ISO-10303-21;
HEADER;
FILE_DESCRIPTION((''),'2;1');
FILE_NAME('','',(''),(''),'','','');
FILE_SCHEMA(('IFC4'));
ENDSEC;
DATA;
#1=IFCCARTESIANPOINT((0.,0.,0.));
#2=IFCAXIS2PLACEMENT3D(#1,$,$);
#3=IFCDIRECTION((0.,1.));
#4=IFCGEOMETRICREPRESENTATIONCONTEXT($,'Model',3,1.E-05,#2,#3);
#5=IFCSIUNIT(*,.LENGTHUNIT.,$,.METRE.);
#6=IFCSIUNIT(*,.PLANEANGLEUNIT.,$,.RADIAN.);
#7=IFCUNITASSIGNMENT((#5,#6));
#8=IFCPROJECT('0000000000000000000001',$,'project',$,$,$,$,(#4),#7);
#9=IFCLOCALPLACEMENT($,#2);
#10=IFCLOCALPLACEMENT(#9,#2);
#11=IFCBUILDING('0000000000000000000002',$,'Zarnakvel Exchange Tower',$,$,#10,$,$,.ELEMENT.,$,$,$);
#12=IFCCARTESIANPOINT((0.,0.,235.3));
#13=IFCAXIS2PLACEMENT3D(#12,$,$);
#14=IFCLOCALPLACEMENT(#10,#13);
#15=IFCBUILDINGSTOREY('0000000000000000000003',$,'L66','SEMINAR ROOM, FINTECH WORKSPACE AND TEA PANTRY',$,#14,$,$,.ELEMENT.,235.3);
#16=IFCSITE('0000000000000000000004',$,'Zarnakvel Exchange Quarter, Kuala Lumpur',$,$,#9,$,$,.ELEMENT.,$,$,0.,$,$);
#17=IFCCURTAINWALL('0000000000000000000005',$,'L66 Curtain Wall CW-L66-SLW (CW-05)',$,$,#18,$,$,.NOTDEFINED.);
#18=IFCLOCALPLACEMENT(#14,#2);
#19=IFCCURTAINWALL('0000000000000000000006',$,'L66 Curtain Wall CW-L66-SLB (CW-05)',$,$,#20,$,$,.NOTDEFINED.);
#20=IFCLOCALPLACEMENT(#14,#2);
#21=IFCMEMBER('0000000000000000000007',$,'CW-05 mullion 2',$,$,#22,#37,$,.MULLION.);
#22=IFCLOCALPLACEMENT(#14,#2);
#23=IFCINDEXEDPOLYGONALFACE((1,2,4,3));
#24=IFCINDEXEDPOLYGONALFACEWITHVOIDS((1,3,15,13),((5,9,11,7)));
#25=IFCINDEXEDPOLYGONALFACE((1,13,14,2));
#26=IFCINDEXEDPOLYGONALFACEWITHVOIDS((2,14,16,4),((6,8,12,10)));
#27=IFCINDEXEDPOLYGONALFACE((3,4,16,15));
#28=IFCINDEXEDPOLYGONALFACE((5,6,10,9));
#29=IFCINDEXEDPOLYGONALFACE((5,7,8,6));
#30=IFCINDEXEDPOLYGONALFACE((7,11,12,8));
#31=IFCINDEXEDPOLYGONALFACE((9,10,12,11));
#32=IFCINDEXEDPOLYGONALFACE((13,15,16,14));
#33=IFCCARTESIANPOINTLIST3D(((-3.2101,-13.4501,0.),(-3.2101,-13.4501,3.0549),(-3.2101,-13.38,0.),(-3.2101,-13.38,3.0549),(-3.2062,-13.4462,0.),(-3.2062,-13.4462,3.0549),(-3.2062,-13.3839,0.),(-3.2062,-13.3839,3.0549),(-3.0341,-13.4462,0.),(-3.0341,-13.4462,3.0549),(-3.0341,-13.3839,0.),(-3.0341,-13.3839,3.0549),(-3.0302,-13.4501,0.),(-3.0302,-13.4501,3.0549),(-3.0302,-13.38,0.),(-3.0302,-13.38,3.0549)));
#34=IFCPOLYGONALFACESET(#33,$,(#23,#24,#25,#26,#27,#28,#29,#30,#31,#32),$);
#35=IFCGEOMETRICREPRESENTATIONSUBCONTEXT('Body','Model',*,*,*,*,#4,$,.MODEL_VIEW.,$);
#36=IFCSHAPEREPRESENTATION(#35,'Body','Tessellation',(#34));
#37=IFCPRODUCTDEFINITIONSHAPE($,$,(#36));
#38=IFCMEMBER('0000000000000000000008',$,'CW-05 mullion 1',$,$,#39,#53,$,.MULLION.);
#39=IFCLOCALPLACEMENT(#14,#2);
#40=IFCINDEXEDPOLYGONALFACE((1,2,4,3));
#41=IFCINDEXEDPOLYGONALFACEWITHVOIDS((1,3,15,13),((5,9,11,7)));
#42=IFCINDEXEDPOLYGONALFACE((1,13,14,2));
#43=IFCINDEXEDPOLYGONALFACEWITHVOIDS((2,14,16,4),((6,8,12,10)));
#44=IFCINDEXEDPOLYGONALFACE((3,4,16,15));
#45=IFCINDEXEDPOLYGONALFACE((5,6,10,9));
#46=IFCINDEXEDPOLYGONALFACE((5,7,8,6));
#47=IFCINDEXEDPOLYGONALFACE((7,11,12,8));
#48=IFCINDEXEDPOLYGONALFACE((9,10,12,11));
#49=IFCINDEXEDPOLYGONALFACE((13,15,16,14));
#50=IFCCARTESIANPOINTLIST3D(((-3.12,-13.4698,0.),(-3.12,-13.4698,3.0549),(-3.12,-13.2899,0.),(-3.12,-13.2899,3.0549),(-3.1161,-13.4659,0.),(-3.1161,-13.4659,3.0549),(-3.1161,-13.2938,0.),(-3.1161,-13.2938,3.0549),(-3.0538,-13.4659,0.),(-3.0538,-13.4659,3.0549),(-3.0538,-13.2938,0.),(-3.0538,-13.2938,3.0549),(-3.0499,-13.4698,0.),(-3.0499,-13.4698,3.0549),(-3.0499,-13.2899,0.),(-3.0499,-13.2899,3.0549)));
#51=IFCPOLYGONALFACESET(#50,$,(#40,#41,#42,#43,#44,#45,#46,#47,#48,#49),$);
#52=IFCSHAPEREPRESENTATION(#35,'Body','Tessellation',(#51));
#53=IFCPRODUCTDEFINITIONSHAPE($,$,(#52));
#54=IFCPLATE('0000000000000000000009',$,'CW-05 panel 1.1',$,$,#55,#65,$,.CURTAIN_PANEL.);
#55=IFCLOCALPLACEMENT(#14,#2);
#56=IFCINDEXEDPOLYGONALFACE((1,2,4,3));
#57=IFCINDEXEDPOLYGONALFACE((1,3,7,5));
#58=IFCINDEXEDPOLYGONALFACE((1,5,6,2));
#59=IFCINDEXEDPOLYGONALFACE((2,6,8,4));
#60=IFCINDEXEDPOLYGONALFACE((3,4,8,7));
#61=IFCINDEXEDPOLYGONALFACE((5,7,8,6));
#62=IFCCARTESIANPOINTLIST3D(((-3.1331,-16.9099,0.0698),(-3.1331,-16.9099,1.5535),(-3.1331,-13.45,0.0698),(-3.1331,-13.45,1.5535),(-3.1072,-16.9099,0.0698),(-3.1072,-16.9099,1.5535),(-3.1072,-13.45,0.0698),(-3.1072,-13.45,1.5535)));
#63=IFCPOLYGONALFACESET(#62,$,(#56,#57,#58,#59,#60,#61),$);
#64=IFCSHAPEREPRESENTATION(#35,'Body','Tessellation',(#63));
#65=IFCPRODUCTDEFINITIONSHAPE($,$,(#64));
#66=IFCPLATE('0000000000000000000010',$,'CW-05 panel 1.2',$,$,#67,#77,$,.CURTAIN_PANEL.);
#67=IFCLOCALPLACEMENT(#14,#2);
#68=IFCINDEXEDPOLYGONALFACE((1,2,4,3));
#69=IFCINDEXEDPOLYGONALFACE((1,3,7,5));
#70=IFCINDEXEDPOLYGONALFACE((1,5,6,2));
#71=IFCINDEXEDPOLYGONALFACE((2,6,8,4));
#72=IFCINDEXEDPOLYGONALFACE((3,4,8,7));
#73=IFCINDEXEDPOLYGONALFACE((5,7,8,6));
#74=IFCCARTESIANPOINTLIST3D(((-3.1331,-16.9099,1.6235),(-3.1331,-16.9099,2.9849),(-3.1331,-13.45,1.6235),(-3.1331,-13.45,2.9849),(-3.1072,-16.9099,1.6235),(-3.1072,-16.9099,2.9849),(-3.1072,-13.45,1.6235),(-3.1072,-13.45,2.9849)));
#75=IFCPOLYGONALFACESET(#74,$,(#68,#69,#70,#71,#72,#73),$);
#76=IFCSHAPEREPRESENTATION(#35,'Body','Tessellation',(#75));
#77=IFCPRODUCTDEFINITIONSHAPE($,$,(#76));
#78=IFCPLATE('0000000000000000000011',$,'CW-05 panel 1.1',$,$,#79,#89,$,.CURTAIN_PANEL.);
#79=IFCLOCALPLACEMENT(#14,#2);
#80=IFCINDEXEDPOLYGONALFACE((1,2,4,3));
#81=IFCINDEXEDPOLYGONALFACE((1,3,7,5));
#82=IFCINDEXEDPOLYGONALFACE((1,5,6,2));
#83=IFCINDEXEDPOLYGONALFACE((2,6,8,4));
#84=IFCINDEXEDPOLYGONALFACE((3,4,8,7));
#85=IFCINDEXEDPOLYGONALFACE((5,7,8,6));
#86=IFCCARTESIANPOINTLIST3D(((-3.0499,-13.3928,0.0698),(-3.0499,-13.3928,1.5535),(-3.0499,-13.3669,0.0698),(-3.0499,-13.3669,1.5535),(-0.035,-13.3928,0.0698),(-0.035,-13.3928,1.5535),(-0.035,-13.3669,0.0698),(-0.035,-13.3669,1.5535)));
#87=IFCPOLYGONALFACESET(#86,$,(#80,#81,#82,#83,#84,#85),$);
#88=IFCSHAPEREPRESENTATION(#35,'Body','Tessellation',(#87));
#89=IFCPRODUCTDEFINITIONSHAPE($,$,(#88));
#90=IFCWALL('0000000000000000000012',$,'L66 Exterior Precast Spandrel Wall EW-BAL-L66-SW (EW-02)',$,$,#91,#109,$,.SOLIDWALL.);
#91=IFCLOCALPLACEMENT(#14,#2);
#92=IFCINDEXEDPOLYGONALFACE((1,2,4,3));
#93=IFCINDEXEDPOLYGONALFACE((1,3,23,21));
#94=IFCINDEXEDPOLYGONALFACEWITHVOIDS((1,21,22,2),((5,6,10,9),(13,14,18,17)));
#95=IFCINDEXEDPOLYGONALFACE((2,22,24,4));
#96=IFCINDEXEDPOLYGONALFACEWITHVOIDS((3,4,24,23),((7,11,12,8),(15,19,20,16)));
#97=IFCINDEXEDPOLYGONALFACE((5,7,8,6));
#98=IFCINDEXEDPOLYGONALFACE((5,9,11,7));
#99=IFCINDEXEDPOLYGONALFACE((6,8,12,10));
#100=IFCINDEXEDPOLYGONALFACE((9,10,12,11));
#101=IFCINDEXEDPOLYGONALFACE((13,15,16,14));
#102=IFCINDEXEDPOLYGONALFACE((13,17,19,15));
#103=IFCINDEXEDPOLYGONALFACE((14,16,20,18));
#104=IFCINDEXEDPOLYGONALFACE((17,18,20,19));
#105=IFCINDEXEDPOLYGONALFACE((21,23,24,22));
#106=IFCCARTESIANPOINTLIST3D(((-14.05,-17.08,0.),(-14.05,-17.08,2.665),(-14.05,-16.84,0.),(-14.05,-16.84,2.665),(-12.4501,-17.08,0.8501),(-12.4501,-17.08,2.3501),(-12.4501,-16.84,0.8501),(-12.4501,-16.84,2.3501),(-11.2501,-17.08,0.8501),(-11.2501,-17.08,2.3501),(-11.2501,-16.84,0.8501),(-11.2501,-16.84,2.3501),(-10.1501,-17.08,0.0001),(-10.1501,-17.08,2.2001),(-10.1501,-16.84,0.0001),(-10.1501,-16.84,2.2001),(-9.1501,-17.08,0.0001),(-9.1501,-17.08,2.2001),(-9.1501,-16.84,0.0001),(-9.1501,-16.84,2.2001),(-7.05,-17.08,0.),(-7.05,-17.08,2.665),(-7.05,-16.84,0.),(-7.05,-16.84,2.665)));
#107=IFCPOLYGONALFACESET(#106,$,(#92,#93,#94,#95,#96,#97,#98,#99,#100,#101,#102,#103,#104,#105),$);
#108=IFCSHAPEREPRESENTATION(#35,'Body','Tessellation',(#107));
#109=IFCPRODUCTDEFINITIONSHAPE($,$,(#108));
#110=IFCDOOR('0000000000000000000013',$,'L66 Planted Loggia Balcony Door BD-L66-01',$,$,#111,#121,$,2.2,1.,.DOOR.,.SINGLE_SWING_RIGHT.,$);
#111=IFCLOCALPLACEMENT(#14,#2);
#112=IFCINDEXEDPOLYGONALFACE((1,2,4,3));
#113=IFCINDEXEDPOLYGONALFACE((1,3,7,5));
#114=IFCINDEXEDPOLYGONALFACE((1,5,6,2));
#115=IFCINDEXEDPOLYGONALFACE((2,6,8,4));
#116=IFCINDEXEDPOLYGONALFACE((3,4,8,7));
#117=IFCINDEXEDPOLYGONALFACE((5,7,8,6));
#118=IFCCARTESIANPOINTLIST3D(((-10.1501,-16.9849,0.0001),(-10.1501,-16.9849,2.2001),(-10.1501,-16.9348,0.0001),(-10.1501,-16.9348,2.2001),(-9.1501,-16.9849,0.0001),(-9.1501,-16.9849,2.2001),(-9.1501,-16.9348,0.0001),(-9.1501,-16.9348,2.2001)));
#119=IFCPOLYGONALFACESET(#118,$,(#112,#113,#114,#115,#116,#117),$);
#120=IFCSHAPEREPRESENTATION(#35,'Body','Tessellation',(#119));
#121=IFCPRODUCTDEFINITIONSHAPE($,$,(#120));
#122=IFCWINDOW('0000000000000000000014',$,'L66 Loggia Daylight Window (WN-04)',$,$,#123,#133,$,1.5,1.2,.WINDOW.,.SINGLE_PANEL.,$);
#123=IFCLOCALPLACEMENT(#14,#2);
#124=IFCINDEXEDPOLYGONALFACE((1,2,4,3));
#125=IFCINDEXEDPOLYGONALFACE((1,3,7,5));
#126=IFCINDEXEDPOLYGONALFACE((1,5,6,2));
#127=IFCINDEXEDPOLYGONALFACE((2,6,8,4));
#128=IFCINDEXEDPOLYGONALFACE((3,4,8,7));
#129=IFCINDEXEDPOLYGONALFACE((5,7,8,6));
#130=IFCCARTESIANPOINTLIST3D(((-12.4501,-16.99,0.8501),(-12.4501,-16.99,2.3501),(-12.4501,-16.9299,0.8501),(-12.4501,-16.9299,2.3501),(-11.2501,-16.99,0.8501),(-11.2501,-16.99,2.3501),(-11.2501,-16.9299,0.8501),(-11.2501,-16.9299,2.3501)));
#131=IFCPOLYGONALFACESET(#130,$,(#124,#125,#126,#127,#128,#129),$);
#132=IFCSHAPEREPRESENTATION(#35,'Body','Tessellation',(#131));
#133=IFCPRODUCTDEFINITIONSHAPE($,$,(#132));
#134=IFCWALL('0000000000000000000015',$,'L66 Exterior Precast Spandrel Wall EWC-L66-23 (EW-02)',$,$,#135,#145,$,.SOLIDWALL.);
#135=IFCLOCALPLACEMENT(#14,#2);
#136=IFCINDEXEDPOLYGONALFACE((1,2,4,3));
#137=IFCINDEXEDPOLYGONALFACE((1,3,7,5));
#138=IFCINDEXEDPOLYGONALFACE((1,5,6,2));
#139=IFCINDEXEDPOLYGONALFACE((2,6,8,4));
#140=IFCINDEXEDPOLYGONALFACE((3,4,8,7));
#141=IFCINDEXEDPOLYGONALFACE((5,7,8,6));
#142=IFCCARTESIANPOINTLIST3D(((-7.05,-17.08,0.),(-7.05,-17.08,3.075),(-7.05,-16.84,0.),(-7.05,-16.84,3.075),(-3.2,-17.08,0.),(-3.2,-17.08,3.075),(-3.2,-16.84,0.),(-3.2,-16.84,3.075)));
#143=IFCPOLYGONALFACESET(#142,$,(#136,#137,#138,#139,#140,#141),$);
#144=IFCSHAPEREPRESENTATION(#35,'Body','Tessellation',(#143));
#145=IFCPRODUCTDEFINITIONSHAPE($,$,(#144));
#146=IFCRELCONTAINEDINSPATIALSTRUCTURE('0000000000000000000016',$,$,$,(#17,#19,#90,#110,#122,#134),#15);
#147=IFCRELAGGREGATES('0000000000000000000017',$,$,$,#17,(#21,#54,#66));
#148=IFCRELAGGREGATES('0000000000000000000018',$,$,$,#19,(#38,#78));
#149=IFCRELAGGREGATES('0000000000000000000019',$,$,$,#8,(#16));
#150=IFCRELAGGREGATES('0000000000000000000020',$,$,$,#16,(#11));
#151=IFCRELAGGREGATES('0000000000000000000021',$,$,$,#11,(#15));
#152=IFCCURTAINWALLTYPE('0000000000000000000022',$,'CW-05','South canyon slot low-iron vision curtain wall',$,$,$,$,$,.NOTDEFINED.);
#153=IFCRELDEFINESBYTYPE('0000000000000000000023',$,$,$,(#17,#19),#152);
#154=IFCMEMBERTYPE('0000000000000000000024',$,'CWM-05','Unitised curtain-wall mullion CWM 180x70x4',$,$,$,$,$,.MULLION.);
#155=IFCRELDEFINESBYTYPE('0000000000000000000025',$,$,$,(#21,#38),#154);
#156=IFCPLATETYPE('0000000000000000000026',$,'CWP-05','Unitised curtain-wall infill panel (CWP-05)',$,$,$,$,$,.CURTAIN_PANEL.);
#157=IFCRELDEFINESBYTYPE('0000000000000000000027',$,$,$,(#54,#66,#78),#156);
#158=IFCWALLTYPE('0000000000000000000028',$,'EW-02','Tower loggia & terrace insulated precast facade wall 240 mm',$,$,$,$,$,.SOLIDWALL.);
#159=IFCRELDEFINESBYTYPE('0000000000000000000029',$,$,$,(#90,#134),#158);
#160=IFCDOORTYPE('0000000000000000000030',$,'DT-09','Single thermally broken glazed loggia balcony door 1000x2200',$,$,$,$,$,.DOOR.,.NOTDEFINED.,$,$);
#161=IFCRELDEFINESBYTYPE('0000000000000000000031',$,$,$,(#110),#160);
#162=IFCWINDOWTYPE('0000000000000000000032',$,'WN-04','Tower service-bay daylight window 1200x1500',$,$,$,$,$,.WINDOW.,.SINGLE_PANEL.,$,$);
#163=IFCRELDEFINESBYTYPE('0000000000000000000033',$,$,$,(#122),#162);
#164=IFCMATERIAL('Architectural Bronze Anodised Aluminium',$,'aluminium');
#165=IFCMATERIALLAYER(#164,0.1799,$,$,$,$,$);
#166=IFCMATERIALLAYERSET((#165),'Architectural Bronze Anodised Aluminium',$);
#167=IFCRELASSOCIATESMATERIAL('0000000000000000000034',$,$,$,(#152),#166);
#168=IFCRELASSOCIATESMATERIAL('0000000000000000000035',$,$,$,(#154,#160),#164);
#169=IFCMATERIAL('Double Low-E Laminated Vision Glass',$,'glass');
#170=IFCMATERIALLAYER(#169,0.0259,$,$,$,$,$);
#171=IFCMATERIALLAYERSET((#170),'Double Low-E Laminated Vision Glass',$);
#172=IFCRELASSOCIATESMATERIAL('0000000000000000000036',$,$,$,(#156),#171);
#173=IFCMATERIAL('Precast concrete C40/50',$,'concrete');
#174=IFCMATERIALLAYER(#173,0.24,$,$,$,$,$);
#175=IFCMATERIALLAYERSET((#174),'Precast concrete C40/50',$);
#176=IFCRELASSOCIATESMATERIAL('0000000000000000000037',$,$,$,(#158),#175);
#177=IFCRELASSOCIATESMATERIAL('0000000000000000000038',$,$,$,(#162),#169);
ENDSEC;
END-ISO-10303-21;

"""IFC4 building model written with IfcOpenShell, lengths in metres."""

from ifc_helpers import new_model, si_unit, direction, frame, frame_2d, origin, origin_2d, place, context, subcontext, project, spatial, rectangle, hollow_rectangle, extrude, source, transform, mapped, material, layer, layer_set, material_profile, profile_set, type_object, element, fill, aggregate, save


model = new_model("IFC4")

# Units and contexts
model_context = context("Model", 3, precision=1e-05, world=origin(), true_north=direction((0.0, 1.0)))
body_context = subcontext(model_context, "Body", "Model", "MODEL_VIEW")
ifc_project = project(units=[si_unit("LENGTHUNIT", "METRE"), si_unit("PLANEANGLEUNIT", "RADIAN")], contexts=[model_context])

# Site, building, storey
site_placement = place(None, origin())
site = spatial("IfcSite", under=ifc_project, at=site_placement, Name="Zarnakvel Exchange Quarter, Kuala Lumpur", CompositionType="ELEMENT", RefElevation=0.0)
building_placement = place(site_placement, origin())
building = spatial("IfcBuilding", under=site, at=building_placement, Name="Zarnakvel Exchange Tower", CompositionType="ELEMENT")
storey_placement = place(building_placement, frame((0.0, 0.0, 235.3)))
storey = spatial("IfcBuildingStorey", under=building, at=storey_placement, Name="L66", Description="SEMINAR ROOM, FINTECH WORKSPACE AND TEA PANTRY", CompositionType="ELEMENT", Elevation=235.3)

# Curtain walls
ifc_material_1 = material(Name="Architectural Bronze Anodised Aluminium", Category="aluminium")
ifc_layer_1 = layer(ifc_material_1, 0.1799)
ifc_layer_set_1 = layer_set([ifc_layer_1], Name="Architectural Bronze Anodised Aluminium")
curtain_wall_type = type_object("IfcCurtainWallType", Name="CW-05", Description="South canyon slot low-iron vision curtain wall", PredefinedType="NOTDEFINED", material=ifc_layer_set_1)
curtain_wall_1_placement = place(storey_placement, origin())
curtain_wall_1 = element("IfcCurtainWall", 1, at=curtain_wall_1_placement, inside=storey, type_object=curtain_wall_type, Name="L66 Curtain Wall CW-L66-SLW (CW-05)", PredefinedType="NOTDEFINED")
curtain_wall_2_placement = place(storey_placement, origin())
curtain_wall_2 = element("IfcCurtainWall", 2, at=curtain_wall_2_placement, inside=storey, type_object=curtain_wall_type, Name="L66 Curtain Wall CW-L66-SLB (CW-05)", PredefinedType="NOTDEFINED")

# Members
ifc_material_profile_1 = material_profile(ifc_material_1, hollow_rectangle(XDim=0.1799, YDim=0.0701, WallThickness=0.0039, at=origin_2d()))
ifc_profile_set_1 = profile_set([ifc_material_profile_1], Name="Architectural Bronze Anodised Aluminium")
member_type_1 = type_object("IfcMemberType", Name="CWM-05", Description="Unitised curtain-wall mullion CWM 180x70x4", PredefinedType="MULLION", material=ifc_profile_set_1)
shared_shape_1 = source(origin(), body_context, "Body", "SweptSolid", [
    extrude(hollow_rectangle(XDim=0.1799, YDim=0.0701, WallThickness=0.0039, at=origin_2d()), origin(), (0.0, 0.0, 1.0), 3.0549),
])
member_1_placement = place(storey_placement, frame((-3.1201, -13.415, 0.0), z_axis=(0.0, 0.0, 1.0), x_axis=(-1.0, 0.0, 0.0)))
member_1 = element("IfcMember", 3, at=member_1_placement, type_object=member_type_1, Name="CW-05 mullion 2", PredefinedType="MULLION", context=body_context, shape_type="MappedRepresentation", body=[
    mapped(shared_shape_1, transform((0.0, 0.0, 0.0), x_axis=(1.0, 0.0, 0.0), y_axis=(0.0, 1.0, 0.0), z_axis=(0.0, 0.0, 1.0), scale=1.0)),
])
member_2_placement = place(storey_placement, frame((-3.085, -13.3799, 0.0), z_axis=(0.0, 0.0, 1.0), x_axis=(0.0, 1.0, 0.0)))
member_2 = element("IfcMember", 4, at=member_2_placement, type_object=member_type_1, Name="CW-05 mullion 1", PredefinedType="MULLION", context=body_context, shape_type="MappedRepresentation", body=[
    mapped(shared_shape_1, transform((0.0, 0.0, 0.0), x_axis=(1.0, 0.0, 0.0), y_axis=(0.0, 1.0, 0.0), z_axis=(0.0, 0.0, 1.0), scale=1.0)),
])

# Plates
ifc_material_2 = material(Name="Double Low-E Laminated Vision Glass", Category="glass")
ifc_layer_2 = layer(ifc_material_2, 0.0259)
ifc_layer_set_2 = layer_set([ifc_layer_2], Name="Double Low-E Laminated Vision Glass")
plate_type = type_object("IfcPlateType", Name="CWP-05", Description="Unitised curtain-wall infill panel (CWP-05)", PredefinedType="CURTAIN_PANEL", material=ifc_layer_set_2)
shared_shape_2 = source(origin(), body_context, "Body", "SweptSolid", [
    extrude(rectangle(XDim=3.46, YDim=0.0259, at=origin_2d()), origin(), (0.0, 0.0, 1.0), 1.4836),
])
plate_1_placement = place(storey_placement, frame((-3.1201, -15.1799, 0.0698), z_axis=(0.0, 0.0, 1.0), x_axis=(0.0, 1.0, 0.0)))
plate_1 = element("IfcPlate", 5, at=plate_1_placement, type_object=plate_type, Name="CW-05 panel 1.1", PredefinedType="CURTAIN_PANEL", context=body_context, shape_type="MappedRepresentation", body=[
    mapped(shared_shape_2, transform((0.0, 0.0, 0.0), x_axis=(1.0, 0.0, 0.0), y_axis=(0.0, 1.0, 0.0), z_axis=(0.0, 0.0, 1.0), scale=1.0)),
])
shared_shape_3 = source(origin(), body_context, "Body", "SweptSolid", [
    extrude(rectangle(XDim=3.46, YDim=0.0259, at=origin_2d()), origin(), (0.0, 0.0, 1.0), 1.3613),
])
plate_2_placement = place(storey_placement, frame((-3.1201, -15.1799, 1.6235), z_axis=(0.0, 0.0, 1.0), x_axis=(0.0, 1.0, 0.0)))
plate_2 = element("IfcPlate", 6, at=plate_2_placement, type_object=plate_type, Name="CW-05 panel 1.2", PredefinedType="CURTAIN_PANEL", context=body_context, shape_type="MappedRepresentation", body=[
    mapped(shared_shape_3, transform((0.0, 0.0, 0.0), x_axis=(1.0, 0.0, 0.0), y_axis=(0.0, 1.0, 0.0), z_axis=(0.0, 0.0, 1.0), scale=1.0)),
])
aggregate(curtain_wall_1, [member_1, plate_1, plate_2])
shared_shape_4 = source(origin(), body_context, "Body", "SweptSolid", [
    extrude(rectangle(XDim=3.0149, YDim=0.0259, at=origin_2d()), origin(), (0.0, 0.0, 1.0), 1.4836),
])
plate_3_placement = place(storey_placement, frame((-1.5425, -13.3799, 0.0698), z_axis=(0.0, 0.0, 1.0), x_axis=(1.0, 0.0, 0.0)))
plate_3 = element("IfcPlate", 7, at=plate_3_placement, type_object=plate_type, Name="CW-05 panel 1.1", PredefinedType="CURTAIN_PANEL", context=body_context, shape_type="MappedRepresentation", body=[
    mapped(shared_shape_4, transform((0.0, 0.0, 0.0), x_axis=(1.0, 0.0, 0.0), y_axis=(0.0, 1.0, 0.0), z_axis=(0.0, 0.0, 1.0), scale=1.0)),
])
aggregate(curtain_wall_2, [member_2, plate_3])

# Wall, openings, door, window
ifc_material_3 = material(Name="Precast concrete C40/50", Category="concrete")
ifc_layer_3 = layer(ifc_material_3, 0.24)
ifc_layer_set_3 = layer_set([ifc_layer_3], Name="Precast concrete C40/50")
wall_type_1 = type_object("IfcWallType", Name="EW-02", Description="Tower loggia & terrace insulated precast facade wall 240 mm", PredefinedType="SOLIDWALL", material=ifc_layer_set_3)
wall_1_placement = place(storey_placement, frame((-7.05, -16.96, 0.0), z_axis=(0.0, 0.0, 1.0), x_axis=(-1.0, 0.0, 0.0)))
wall_1 = element("IfcWall", 8, at=wall_1_placement, inside=storey, type_object=wall_type_1, Name="L66 Exterior Precast Spandrel Wall EW-BAL-L66-SW (EW-02)", PredefinedType="SOLIDWALL", context=body_context, shape_type="SweptSolid", body=[
    extrude(rectangle(XDim=7.0, YDim=0.24, at=frame_2d((3.5, 0.0))), origin(), (0.0, 0.0, 1.0), 2.665),
])
opening_1_placement = place(wall_1_placement, frame((2.1001, 0.0, 0.0)))
opening_1 = element("IfcOpeningElement", 9, at=opening_1_placement, cuts=wall_1, PredefinedType="OPENING", context=body_context, shape_type="SweptSolid", body=[
    extrude(rectangle(XDim=1.0, YDim=2.2, at=frame_2d((0.5, 1.1001))), frame((0.0, 0.1299, 0.0), z_axis=(0.0, -1.0, 0.0), x_axis=(1.0, 0.0, 0.0)), (0.0, 0.0, 1.0), 0.26),
])
opening_2_placement = place(wall_1_placement, frame((4.2, 0.0, 0.8501)))
opening_2 = element("IfcOpeningElement", 10, at=opening_2_placement, cuts=wall_1, PredefinedType="OPENING", context=body_context, shape_type="SweptSolid", body=[
    extrude(rectangle(XDim=1.2, YDim=1.5, at=frame_2d((0.6001, 0.75))), frame((0.0, 0.1299, 0.0), z_axis=(0.0, -1.0, 0.0), x_axis=(1.0, 0.0, 0.0)), (0.0, 0.0, 1.0), 0.26),
])
door_type_1 = type_object("IfcDoorType", Name="DT-09", Description="Single thermally broken glazed loggia balcony door 1000x2200", OperationType="NOTDEFINED", PredefinedType="DOOR", material=ifc_material_1)
shared_shape_5 = source(origin(), body_context, "Body", "SweptSolid", [
    extrude(rectangle(XDim=1.0, YDim=2.2, at=frame_2d((0.5, 1.1001))), frame((0.0, 0.0249, 0.0), z_axis=(0.0, -1.0, 0.0), x_axis=(1.0, 0.0, 0.0)), (0.0, 0.0, 1.0), 0.05),
])
door_1_placement = place(opening_1_placement, origin())
door_1 = element("IfcDoor", 11, at=door_1_placement, inside=storey, type_object=door_type_1, Name="L66 Planted Loggia Balcony Door BD-L66-01", OperationType="SINGLE_SWING_RIGHT", OverallHeight=2.2, OverallWidth=1.0, PredefinedType="DOOR", context=body_context, shape_type="MappedRepresentation", body=[
    mapped(shared_shape_5, transform((0.0, 0.0, 0.0), x_axis=(1.0, 0.0, 0.0), y_axis=(0.0, 1.0, 0.0), z_axis=(0.0, 0.0, 1.0), scale=1.0)),
])
fill(opening_1, door_1)
window_type = type_object("IfcWindowType", Name="WN-04", Description="Tower service-bay daylight window 1200x1500", PartitioningType="SINGLE_PANEL", PredefinedType="WINDOW", material=ifc_material_2)
shared_shape_6 = source(origin(), body_context, "Body", "SweptSolid", [
    extrude(rectangle(XDim=1.2, YDim=1.5, at=frame_2d((0.6001, 0.75))), frame((0.0, 0.03, 0.0), z_axis=(0.0, -1.0, 0.0), x_axis=(1.0, 0.0, 0.0)), (0.0, 0.0, 1.0), 0.0601),
])
window_placement = place(opening_2_placement, origin())
window = element("IfcWindow", 12, at=window_placement, inside=storey, type_object=window_type, Name="L66 Loggia Daylight Window (WN-04)", OverallHeight=1.5, OverallWidth=1.2, PartitioningType="SINGLE_PANEL", PredefinedType="WINDOW", context=body_context, shape_type="MappedRepresentation", body=[
    mapped(shared_shape_6, transform((0.0, 0.0, 0.0), x_axis=(1.0, 0.0, 0.0), y_axis=(0.0, 1.0, 0.0), z_axis=(0.0, 0.0, 1.0), scale=1.0)),
])
fill(opening_2, window)

# Wall
wall_2_placement = place(storey_placement, frame((-7.05, -16.96, 0.0), z_axis=(0.0, 0.0, 1.0), x_axis=(1.0, 0.0, 0.0)))
element("IfcWall", 13, at=wall_2_placement, inside=storey, type_object=wall_type_1, Name="L66 Exterior Precast Spandrel Wall EWC-L66-23 (EW-02)", PredefinedType="SOLIDWALL", context=body_context, shape_type="SweptSolid", body=[
    extrude(rectangle(XDim=3.8501, YDim=0.24, at=frame_2d((1.925, 0.0))), origin(), (0.0, 0.0, 1.0), 3.075),
])

save(model, "model.ifc")
